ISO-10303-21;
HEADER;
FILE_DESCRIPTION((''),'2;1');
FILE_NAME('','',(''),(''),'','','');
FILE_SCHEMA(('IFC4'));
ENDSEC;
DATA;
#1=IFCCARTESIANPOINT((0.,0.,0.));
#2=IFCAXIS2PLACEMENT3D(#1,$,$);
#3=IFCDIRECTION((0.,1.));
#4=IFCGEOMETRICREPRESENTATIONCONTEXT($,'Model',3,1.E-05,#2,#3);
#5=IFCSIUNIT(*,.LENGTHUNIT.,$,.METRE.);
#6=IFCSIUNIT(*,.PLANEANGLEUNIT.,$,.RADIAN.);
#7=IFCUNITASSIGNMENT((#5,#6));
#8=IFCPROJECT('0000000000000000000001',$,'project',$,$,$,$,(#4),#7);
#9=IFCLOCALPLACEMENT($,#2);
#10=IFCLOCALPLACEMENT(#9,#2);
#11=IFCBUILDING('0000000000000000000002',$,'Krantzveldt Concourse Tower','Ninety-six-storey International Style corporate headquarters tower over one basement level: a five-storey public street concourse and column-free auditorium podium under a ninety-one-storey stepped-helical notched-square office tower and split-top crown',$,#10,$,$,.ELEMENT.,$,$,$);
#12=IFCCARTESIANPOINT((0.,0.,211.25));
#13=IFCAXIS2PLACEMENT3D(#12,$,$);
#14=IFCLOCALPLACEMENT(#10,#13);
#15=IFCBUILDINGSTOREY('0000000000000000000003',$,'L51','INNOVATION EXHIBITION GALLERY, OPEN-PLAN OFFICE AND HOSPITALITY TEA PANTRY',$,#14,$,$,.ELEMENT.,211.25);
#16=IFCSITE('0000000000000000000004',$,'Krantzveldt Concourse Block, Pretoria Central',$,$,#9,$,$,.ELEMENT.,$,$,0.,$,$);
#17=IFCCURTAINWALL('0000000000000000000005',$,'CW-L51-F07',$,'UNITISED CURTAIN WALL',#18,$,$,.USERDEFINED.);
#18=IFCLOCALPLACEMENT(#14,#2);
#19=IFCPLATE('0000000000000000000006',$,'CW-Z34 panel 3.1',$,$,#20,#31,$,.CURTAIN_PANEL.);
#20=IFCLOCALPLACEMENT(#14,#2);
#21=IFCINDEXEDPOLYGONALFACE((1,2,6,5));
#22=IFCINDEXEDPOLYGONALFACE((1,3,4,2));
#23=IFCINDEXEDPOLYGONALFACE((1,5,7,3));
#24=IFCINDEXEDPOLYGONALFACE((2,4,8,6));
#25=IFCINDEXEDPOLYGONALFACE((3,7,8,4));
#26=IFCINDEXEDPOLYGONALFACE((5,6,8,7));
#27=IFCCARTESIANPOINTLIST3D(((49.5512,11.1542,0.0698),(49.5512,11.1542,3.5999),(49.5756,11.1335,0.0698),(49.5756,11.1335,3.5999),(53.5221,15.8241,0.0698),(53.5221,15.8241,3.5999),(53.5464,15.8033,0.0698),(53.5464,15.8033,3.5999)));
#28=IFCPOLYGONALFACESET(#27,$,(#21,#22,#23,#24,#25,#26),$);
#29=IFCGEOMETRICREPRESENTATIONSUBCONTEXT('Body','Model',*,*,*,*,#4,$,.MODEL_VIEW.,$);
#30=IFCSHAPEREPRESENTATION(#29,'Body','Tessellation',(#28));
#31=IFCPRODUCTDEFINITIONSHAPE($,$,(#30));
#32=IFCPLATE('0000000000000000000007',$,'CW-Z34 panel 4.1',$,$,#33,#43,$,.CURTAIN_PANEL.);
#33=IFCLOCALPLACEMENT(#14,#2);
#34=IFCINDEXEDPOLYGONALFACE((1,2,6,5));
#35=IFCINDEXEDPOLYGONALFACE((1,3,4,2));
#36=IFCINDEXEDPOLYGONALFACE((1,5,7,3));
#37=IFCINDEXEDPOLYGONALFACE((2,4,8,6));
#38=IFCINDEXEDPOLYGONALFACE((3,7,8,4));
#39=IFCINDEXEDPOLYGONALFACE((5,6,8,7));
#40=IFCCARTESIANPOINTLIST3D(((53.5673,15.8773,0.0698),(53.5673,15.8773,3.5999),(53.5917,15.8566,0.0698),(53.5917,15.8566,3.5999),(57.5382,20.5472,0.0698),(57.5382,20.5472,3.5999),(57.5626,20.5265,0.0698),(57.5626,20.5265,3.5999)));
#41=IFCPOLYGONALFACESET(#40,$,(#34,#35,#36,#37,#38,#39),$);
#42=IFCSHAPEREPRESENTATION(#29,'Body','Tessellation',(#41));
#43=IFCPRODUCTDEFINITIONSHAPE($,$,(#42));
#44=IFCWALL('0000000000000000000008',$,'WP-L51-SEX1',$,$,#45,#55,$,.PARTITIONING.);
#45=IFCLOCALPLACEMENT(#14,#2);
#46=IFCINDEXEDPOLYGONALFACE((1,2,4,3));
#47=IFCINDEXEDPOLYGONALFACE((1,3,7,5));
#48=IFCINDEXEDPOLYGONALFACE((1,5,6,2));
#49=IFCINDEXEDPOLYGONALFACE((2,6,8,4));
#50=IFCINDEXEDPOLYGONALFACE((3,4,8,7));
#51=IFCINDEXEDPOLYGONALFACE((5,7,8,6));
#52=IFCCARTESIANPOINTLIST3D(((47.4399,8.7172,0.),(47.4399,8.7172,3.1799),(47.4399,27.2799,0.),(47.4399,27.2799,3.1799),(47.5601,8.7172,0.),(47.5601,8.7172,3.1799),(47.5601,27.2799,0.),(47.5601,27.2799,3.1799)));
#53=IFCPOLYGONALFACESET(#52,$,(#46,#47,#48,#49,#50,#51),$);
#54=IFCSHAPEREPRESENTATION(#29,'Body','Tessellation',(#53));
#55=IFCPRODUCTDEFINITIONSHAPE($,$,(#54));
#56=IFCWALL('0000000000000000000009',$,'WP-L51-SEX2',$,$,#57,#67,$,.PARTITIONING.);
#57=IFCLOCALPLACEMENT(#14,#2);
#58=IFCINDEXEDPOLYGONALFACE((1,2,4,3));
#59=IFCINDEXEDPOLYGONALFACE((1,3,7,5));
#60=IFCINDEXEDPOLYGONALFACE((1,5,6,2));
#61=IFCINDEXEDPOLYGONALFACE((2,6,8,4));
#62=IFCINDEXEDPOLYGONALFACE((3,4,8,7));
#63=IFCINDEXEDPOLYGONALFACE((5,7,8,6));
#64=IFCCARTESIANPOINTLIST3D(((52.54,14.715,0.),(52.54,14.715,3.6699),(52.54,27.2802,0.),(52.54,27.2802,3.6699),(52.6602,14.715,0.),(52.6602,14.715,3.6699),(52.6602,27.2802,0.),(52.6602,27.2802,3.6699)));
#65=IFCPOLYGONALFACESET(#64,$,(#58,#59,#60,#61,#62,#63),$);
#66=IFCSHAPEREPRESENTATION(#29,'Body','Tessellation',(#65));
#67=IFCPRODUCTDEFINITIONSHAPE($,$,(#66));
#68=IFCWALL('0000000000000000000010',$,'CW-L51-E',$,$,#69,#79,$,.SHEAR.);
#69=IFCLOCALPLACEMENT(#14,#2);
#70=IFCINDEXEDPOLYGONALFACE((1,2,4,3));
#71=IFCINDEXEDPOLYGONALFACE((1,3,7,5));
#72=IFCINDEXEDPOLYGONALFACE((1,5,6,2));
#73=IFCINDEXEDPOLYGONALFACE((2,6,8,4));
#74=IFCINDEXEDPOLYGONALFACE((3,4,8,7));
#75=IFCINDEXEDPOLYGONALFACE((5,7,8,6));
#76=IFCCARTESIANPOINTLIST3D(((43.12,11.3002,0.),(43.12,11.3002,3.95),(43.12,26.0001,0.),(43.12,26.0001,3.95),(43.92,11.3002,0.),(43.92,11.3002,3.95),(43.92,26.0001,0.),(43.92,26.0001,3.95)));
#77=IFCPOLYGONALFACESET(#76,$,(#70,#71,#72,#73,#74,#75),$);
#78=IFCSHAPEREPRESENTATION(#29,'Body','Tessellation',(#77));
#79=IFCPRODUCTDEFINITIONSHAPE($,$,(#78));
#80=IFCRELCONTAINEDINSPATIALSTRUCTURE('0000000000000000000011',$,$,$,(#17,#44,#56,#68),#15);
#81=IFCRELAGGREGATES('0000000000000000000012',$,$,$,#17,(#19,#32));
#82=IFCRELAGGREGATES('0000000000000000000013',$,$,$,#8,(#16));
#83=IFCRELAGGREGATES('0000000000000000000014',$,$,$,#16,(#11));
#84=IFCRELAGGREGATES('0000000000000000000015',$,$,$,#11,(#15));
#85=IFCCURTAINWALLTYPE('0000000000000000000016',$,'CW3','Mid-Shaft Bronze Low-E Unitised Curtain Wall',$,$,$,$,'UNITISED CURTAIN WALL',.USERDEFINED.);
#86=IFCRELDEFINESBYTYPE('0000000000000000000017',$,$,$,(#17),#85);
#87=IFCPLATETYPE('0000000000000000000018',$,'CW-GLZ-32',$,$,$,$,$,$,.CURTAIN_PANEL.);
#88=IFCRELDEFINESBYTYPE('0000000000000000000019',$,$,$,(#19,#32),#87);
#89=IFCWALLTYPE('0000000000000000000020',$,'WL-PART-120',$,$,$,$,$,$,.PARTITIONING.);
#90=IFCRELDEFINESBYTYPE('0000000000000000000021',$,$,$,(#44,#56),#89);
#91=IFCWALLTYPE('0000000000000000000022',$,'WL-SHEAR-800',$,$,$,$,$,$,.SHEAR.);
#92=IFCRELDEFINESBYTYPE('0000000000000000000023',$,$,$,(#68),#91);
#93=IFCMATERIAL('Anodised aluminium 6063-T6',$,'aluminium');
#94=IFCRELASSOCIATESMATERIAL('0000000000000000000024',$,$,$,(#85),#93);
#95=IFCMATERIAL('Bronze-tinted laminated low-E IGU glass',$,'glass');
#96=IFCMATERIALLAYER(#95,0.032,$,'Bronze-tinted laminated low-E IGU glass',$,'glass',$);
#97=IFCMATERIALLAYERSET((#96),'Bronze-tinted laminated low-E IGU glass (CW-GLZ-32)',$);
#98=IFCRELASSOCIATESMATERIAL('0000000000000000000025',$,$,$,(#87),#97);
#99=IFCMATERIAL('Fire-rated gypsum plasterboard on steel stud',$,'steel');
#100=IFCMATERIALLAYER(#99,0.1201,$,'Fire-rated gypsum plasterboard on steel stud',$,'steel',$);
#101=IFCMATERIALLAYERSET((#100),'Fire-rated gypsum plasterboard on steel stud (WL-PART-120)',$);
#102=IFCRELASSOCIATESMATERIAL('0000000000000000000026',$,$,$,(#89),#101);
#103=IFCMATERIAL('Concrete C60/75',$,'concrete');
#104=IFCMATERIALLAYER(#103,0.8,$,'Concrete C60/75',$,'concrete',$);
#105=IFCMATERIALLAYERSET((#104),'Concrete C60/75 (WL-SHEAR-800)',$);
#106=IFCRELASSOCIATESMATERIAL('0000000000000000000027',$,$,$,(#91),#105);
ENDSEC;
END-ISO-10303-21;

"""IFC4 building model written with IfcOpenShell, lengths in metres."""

from ifc_helpers import new_model, si_unit, direction, frame, frame_2d, origin, origin_2d, place, context, subcontext, project, spatial, rectangle, extrude, source, transform, mapped, material, layer, layer_set, type_object, element, aggregate, save


model = new_model("IFC4")

# Units and contexts
model_context = context("Model", 3, precision=1e-05, world=origin(), true_north=direction((0.0, 1.0)))
body_context = subcontext(model_context, "Body", "Model", "MODEL_VIEW")
ifc_project = project(units=[si_unit("LENGTHUNIT", "METRE"), si_unit("PLANEANGLEUNIT", "RADIAN")], contexts=[model_context])

# Site, building, storey
site_placement = place(None, origin())
site = spatial("IfcSite", under=ifc_project, at=site_placement, Name="Krantzveldt Concourse Block, Pretoria Central", CompositionType="ELEMENT", RefElevation=0.0)
building_placement = place(site_placement, origin())
building = spatial("IfcBuilding", under=site, at=building_placement, Name="Krantzveldt Concourse Tower", Description="Ninety-six-storey International Style corporate headquarters tower over one basement level: a five-storey public street concourse and column-free auditorium podium under a ninety-one-storey stepped-helical notched-square office tower and split-top crown", CompositionType="ELEMENT")
storey_placement = place(building_placement, frame((0.0, 0.0, 211.25)))
storey = spatial("IfcBuildingStorey", under=building, at=storey_placement, Name="L51", Description="INNOVATION EXHIBITION GALLERY, OPEN-PLAN OFFICE AND HOSPITALITY TEA PANTRY", CompositionType="ELEMENT", Elevation=211.25)

# Curtain wall, plates
ifc_material_1 = material(Name="Anodised aluminium 6063-T6", Category="aluminium")
curtain_wall_type = type_object("IfcCurtainWallType", Name="CW3", Description="Mid-Shaft Bronze Low-E Unitised Curtain Wall", ElementType="UNITISED CURTAIN WALL", PredefinedType="USERDEFINED", material=ifc_material_1)
curtain_wall_placement = place(storey_placement, origin())
curtain_wall = element("IfcCurtainWall", 1, at=curtain_wall_placement, inside=storey, type_object=curtain_wall_type, Name="CW-L51-F07", ObjectType="UNITISED CURTAIN WALL", PredefinedType="USERDEFINED")
ifc_material_2 = material(Name="Bronze-tinted laminated low-E IGU glass", Category="glass")
ifc_layer_1 = layer(ifc_material_2, 0.032, Name="Bronze-tinted laminated low-E IGU glass", Category="glass")
ifc_layer_set_1 = layer_set([ifc_layer_1], Name="Bronze-tinted laminated low-E IGU glass (CW-GLZ-32)")
plate_type = type_object("IfcPlateType", Name="CW-GLZ-32", PredefinedType="CURTAIN_PANEL", material=ifc_layer_set_1)
shared_shape_1 = source(origin(), body_context, "Body", "SweptSolid", [
    extrude(rectangle(XDim=6.1299, YDim=0.032, at=origin_2d()), origin(), (0.0, 0.0, 1.0), 3.53),
])
plate_1_placement = place(storey_placement, frame((51.5488, 13.4788, 0.0698), z_axis=(0.0, 0.0, 1.0), x_axis=(0.647788, 0.761821, 0.0)))
plate_1 = element("IfcPlate", 2, at=plate_1_placement, type_object=plate_type, Name="CW-Z34 panel 3.1", PredefinedType="CURTAIN_PANEL", context=body_context, shape_type="MappedRepresentation", body=[
    mapped(shared_shape_1, transform((0.0, 0.0, 0.0), x_axis=(1.0, 0.0, 0.0), y_axis=(0.0, 1.0, 0.0), z_axis=(0.0, 0.0, 1.0), scale=1.0)),
])
plate_2_placement = place(storey_placement, frame((55.5649, 18.2019, 0.0698), z_axis=(0.0, 0.0, 1.0), x_axis=(0.647788, 0.761821, 0.0)))
plate_2 = element("IfcPlate", 3, at=plate_2_placement, type_object=plate_type, Name="CW-Z34 panel 4.1", PredefinedType="CURTAIN_PANEL", context=body_context, shape_type="MappedRepresentation", body=[
    mapped(shared_shape_1, transform((0.0, 0.0, 0.0), x_axis=(1.0, 0.0, 0.0), y_axis=(0.0, 1.0, 0.0), z_axis=(0.0, 0.0, 1.0), scale=1.0)),
])
aggregate(curtain_wall, [plate_1, plate_2])

# Walls
ifc_material_3 = material(Name="Fire-rated gypsum plasterboard on steel stud", Category="steel")
ifc_layer_2 = layer(ifc_material_3, 0.1201, Name="Fire-rated gypsum plasterboard on steel stud", Category="steel")
ifc_layer_set_2 = layer_set([ifc_layer_2], Name="Fire-rated gypsum plasterboard on steel stud (WL-PART-120)")
wall_type_1 = type_object("IfcWallType", Name="WL-PART-120", PredefinedType="PARTITIONING", material=ifc_layer_set_2)
wall_1_placement = place(storey_placement, frame((47.5, 8.7173, 0.0), z_axis=(0.0, 0.0, 1.0), x_axis=(0.0, 1.0, 0.0)))
element("IfcWall", 4, at=wall_1_placement, inside=storey, type_object=wall_type_1, Name="WP-L51-SEX1", PredefinedType="PARTITIONING", context=body_context, shape_type="SweptSolid", body=[
    extrude(rectangle(XDim=18.5627, YDim=0.1201, at=frame_2d((9.2812, 0.0))), origin(), (0.0, 0.0, 1.0), 3.1799),
])
wall_2_placement = place(storey_placement, frame((52.6001, 14.7148, 0.0), z_axis=(0.0, 0.0, 1.0), x_axis=(0.0, 1.0, 0.0)))
element("IfcWall", 5, at=wall_2_placement, inside=storey, type_object=wall_type_1, Name="WP-L51-SEX2", PredefinedType="PARTITIONING", context=body_context, shape_type="SweptSolid", body=[
    extrude(rectangle(XDim=12.5652, YDim=0.1201, at=frame_2d((6.2827, 0.0))), origin(), (0.0, 0.0, 1.0), 3.6699),
])
ifc_material_4 = material(Name="Concrete C60/75", Category="concrete")
ifc_layer_3 = layer(ifc_material_4, 0.8, Name="Concrete C60/75", Category="concrete")
ifc_layer_set_3 = layer_set([ifc_layer_3], Name="Concrete C60/75 (WL-SHEAR-800)")
wall_type_2 = type_object("IfcWallType", Name="WL-SHEAR-800", PredefinedType="SHEAR", material=ifc_layer_set_3)
wall_3_placement = place(storey_placement, frame((43.52, 11.3, 0.0), z_axis=(0.0, 0.0, 1.0), x_axis=(0.0, 1.0, 0.0)))
element("IfcWall", 6, at=wall_3_placement, inside=storey, type_object=wall_type_2, Name="CW-L51-E", PredefinedType="SHEAR", context=body_context, shape_type="SweptSolid", body=[
    extrude(rectangle(XDim=14.7, YDim=0.8, at=frame_2d((7.3501, 0.0))), origin(), (0.0, 0.0, 1.0), 3.95),
])

save(model, "model.ifc")
